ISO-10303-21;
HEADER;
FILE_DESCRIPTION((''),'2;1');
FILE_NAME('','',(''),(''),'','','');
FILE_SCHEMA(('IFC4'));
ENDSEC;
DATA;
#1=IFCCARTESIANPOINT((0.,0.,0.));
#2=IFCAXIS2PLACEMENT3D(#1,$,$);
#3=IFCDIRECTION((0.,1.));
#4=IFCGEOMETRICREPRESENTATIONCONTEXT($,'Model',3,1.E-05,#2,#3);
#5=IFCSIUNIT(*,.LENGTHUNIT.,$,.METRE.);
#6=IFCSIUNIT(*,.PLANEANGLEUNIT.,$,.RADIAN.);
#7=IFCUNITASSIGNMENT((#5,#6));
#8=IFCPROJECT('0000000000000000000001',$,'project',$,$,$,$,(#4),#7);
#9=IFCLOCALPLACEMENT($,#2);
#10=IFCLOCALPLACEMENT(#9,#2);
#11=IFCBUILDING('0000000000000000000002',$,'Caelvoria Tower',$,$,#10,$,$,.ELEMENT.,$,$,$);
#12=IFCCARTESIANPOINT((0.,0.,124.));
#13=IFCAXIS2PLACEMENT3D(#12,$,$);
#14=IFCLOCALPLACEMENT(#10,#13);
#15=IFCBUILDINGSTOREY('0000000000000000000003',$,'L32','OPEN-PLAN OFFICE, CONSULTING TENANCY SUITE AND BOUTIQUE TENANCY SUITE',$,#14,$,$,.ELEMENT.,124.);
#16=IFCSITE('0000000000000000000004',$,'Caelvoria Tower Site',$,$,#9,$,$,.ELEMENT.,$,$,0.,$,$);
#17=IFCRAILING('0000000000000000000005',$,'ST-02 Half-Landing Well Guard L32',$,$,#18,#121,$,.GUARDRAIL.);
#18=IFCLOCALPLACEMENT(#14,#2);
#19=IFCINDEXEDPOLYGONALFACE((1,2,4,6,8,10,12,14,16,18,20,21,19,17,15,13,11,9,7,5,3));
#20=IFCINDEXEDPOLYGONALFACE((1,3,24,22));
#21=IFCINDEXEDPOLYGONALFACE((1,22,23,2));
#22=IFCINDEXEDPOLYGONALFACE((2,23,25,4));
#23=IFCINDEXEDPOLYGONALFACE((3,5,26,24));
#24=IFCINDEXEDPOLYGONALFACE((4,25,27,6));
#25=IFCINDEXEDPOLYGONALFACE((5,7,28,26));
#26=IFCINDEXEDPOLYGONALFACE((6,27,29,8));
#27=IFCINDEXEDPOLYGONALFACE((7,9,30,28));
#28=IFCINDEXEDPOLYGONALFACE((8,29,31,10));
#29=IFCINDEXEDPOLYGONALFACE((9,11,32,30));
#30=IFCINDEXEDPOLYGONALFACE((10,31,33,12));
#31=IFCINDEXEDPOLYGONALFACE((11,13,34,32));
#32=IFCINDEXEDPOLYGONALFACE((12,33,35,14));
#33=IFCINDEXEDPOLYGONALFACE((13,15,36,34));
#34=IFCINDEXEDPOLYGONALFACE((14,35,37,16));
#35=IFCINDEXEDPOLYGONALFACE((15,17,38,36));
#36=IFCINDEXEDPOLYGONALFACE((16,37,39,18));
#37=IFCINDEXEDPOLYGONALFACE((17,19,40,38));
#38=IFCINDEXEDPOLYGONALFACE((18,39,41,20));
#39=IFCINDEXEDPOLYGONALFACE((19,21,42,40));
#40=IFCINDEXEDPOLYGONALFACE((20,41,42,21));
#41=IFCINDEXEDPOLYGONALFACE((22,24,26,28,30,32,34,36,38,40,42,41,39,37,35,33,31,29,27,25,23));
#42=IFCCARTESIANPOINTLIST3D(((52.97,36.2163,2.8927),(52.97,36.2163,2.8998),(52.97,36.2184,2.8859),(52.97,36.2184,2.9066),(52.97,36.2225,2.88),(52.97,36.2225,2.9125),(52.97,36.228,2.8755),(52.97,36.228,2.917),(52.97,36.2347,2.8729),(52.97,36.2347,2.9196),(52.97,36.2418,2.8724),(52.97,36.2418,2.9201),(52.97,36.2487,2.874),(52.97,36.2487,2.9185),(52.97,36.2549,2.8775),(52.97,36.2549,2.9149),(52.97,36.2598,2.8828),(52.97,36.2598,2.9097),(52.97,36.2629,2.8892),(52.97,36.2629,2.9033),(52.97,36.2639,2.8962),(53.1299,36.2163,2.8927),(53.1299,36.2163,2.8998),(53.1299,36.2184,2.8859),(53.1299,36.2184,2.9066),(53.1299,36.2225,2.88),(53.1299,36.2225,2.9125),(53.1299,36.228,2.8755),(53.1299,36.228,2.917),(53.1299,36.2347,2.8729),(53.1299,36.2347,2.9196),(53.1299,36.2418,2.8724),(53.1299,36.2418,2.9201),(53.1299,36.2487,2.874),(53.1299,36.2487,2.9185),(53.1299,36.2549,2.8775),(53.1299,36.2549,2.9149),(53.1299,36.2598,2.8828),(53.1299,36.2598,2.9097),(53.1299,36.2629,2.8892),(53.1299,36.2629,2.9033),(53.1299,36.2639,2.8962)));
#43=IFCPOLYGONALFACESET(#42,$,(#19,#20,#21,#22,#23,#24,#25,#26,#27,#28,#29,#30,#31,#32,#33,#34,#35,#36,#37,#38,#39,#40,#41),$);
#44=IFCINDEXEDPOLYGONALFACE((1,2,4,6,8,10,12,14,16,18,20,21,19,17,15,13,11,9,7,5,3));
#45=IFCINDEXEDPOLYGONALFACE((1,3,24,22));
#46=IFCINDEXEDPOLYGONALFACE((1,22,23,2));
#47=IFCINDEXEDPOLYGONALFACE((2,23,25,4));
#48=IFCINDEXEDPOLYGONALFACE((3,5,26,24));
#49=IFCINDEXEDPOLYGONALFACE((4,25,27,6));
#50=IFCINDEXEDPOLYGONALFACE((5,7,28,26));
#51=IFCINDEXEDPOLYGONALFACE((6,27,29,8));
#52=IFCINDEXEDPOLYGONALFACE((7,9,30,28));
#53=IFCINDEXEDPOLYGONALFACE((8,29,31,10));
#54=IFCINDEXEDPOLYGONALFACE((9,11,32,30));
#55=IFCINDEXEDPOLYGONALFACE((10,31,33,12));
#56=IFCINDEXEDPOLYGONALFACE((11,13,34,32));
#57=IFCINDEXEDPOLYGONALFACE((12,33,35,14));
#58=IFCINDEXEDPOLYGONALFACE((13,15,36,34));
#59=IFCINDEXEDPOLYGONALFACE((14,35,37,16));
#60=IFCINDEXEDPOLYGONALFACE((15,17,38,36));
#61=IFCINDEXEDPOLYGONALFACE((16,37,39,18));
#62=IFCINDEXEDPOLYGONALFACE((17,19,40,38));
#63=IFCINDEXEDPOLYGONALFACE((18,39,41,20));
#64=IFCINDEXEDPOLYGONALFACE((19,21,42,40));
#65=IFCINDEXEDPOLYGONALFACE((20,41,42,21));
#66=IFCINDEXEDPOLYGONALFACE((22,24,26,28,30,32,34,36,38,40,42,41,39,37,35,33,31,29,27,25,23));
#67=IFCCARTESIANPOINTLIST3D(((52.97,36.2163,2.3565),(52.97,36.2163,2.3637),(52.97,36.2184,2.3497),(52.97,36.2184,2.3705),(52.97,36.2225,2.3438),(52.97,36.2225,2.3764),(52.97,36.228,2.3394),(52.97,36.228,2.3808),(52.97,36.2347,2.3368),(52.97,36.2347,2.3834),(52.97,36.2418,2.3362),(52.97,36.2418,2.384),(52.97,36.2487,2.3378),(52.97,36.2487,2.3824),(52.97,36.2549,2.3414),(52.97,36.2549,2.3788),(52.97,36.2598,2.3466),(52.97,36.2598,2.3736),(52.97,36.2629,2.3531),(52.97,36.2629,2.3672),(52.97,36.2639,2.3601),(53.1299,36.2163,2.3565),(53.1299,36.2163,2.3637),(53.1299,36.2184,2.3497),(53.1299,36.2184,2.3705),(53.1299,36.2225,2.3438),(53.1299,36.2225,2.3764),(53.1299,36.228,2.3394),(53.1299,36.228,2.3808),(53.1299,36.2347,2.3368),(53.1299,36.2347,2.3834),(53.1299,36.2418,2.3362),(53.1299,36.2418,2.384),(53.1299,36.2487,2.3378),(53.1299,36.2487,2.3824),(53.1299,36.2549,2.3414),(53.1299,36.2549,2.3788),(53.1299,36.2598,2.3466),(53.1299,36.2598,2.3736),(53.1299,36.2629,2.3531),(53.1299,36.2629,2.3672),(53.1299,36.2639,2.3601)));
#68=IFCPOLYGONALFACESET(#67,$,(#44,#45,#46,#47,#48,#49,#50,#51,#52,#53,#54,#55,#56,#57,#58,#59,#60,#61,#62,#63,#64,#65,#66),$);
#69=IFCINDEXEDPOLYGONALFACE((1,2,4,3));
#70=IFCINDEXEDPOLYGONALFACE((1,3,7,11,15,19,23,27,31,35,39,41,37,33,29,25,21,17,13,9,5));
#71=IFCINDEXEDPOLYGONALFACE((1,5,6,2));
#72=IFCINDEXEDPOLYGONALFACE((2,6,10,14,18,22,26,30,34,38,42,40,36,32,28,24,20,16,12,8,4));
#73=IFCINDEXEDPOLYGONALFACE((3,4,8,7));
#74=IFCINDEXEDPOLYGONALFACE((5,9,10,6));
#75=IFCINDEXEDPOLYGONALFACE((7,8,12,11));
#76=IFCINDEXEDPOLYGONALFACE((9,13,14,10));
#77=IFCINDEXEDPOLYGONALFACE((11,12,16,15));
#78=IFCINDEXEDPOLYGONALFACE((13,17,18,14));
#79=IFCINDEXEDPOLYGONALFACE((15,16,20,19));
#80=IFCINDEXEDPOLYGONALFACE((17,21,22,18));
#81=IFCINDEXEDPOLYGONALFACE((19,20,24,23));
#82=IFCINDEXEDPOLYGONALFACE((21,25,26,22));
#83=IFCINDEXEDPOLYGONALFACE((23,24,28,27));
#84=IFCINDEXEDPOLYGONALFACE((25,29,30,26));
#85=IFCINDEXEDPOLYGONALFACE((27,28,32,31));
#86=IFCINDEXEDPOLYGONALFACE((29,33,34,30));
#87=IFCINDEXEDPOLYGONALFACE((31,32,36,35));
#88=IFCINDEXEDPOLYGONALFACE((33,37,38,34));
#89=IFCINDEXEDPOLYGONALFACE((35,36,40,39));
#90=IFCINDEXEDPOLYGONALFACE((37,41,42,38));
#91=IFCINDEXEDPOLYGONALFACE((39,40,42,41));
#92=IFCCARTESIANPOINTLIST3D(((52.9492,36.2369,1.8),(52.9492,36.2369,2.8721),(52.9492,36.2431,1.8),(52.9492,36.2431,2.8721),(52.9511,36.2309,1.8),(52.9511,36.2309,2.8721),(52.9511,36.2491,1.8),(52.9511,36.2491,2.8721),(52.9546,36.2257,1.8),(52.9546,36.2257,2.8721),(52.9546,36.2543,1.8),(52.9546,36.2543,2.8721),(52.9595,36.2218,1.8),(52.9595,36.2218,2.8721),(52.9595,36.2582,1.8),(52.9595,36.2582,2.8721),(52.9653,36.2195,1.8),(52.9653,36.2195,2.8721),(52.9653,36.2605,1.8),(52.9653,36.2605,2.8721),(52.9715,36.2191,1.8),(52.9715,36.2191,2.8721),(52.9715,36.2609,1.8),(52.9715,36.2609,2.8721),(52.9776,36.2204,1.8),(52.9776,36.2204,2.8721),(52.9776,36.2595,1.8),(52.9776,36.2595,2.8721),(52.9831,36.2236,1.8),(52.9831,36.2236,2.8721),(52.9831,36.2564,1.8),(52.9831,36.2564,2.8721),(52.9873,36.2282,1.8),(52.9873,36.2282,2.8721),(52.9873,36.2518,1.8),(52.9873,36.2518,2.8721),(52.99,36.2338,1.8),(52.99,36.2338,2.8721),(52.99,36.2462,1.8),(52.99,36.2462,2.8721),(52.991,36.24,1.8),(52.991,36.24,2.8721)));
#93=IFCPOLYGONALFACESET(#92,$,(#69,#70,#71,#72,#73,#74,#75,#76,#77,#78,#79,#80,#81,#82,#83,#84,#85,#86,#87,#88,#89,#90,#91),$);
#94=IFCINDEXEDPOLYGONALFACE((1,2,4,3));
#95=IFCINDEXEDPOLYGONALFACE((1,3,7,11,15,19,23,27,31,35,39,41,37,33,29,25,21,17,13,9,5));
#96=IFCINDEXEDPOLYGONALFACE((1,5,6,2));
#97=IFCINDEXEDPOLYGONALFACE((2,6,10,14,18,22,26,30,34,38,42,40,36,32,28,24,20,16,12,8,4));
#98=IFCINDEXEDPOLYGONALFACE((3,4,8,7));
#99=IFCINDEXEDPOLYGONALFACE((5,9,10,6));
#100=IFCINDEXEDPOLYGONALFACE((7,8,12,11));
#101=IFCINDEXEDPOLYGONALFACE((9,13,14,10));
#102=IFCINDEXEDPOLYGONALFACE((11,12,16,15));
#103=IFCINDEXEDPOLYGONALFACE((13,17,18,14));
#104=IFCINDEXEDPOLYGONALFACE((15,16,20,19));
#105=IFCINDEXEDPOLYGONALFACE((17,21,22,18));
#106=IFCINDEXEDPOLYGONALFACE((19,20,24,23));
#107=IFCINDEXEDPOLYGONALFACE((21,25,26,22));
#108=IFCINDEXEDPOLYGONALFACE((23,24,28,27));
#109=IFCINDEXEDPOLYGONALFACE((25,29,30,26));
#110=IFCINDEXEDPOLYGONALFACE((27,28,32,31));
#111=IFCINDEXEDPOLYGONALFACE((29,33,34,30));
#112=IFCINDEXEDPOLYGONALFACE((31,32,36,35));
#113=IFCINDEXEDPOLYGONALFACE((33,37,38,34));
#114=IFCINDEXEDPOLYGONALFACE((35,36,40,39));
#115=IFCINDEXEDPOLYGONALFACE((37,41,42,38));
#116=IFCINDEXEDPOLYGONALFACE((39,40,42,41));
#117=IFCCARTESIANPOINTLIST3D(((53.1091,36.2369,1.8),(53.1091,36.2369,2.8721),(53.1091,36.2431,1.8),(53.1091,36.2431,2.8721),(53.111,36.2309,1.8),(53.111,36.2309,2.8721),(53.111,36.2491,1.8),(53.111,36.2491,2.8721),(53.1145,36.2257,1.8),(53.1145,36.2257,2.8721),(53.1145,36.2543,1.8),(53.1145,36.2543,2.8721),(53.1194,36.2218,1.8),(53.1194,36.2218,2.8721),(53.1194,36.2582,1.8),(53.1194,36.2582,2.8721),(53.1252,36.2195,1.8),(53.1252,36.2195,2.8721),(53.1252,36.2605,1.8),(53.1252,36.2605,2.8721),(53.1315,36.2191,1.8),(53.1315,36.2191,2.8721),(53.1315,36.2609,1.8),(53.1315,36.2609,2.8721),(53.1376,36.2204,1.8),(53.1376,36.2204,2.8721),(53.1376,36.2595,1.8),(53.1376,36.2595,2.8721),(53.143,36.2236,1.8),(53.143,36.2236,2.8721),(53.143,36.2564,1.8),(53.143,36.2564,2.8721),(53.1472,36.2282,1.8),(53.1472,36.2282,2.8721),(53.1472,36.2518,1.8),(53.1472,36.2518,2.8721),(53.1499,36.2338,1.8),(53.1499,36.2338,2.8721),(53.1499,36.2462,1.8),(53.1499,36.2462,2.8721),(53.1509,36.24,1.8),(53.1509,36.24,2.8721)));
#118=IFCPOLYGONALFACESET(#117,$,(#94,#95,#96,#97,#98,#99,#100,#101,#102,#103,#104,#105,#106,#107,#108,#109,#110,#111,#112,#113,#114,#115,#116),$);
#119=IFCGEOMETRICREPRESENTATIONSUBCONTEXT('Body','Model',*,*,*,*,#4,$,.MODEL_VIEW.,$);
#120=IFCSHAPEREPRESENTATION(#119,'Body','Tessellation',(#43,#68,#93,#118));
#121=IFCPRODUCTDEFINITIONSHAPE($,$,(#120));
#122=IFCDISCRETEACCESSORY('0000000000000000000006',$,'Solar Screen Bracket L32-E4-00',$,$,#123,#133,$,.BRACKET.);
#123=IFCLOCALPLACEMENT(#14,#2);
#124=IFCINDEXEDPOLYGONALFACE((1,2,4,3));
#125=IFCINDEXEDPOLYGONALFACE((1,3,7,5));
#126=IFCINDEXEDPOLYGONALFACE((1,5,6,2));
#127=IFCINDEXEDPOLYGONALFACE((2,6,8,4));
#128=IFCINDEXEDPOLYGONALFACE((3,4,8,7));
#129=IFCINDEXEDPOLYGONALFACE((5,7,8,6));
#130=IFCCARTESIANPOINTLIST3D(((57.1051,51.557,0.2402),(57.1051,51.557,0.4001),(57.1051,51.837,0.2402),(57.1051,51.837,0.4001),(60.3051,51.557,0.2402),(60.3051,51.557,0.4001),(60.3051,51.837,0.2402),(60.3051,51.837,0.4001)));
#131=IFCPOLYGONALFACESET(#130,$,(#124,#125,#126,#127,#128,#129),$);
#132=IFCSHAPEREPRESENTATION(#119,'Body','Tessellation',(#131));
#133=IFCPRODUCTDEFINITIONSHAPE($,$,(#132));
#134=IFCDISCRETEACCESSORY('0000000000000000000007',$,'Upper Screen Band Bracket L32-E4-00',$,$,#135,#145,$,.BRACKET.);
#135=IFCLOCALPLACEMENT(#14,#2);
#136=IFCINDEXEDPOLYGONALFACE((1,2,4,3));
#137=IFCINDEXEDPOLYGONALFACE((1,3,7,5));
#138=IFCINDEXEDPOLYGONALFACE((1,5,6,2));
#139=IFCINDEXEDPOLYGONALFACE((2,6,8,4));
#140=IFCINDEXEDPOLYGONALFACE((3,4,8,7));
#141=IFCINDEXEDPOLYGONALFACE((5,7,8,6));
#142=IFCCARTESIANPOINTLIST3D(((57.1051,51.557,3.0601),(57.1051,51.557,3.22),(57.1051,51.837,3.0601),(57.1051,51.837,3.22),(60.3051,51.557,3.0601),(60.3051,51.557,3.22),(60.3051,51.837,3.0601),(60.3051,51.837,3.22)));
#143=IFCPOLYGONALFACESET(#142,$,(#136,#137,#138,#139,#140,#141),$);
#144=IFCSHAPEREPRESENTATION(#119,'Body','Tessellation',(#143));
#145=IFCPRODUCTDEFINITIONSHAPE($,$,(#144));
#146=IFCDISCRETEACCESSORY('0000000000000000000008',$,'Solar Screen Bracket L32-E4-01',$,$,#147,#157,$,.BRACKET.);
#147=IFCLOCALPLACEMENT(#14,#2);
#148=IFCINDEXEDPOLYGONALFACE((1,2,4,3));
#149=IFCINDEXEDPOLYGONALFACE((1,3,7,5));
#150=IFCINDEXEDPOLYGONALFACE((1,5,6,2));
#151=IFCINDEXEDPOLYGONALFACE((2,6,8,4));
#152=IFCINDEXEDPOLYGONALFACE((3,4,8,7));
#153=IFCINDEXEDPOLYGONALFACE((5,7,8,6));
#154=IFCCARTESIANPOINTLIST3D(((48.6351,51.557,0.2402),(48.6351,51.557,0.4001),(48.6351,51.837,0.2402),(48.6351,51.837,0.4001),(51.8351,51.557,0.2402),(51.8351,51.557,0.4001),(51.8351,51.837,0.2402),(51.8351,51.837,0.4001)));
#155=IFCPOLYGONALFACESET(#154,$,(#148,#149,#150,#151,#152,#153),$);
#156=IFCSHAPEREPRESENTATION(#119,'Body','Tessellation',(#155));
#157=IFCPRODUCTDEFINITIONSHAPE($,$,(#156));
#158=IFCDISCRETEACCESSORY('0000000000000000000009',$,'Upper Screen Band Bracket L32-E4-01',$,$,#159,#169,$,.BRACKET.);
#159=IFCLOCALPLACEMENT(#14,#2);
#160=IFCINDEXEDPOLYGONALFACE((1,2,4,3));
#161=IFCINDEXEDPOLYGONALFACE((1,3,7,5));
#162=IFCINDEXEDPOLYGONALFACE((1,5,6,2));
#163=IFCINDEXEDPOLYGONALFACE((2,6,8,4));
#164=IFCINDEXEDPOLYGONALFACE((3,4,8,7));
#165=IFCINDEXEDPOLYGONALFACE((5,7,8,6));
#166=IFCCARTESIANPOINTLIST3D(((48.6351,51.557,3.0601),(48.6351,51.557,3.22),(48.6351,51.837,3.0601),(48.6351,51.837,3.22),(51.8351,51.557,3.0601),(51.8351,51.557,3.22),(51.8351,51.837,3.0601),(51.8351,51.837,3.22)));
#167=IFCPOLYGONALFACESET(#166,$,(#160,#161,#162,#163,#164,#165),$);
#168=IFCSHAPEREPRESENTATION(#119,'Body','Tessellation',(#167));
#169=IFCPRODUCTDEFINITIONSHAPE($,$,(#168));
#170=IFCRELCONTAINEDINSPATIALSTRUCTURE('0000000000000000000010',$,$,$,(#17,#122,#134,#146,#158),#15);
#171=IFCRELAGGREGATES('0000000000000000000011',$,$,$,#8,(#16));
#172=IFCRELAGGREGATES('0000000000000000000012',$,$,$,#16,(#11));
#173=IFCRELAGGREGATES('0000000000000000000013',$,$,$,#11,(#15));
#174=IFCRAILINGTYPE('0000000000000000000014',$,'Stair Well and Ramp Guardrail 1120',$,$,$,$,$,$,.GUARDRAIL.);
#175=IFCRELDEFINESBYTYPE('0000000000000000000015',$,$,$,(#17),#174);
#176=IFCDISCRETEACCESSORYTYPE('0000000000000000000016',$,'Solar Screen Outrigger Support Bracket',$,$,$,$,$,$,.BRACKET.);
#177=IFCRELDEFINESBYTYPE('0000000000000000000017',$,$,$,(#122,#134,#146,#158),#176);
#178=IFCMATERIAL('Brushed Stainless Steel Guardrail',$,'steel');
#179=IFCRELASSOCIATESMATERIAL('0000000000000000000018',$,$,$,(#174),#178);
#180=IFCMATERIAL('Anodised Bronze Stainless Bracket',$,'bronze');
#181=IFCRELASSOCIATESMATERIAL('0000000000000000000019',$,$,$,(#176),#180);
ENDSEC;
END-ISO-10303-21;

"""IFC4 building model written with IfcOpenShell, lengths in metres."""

from ifc_helpers import new_model, si_unit, direction, frame, origin, origin_2d, place, context, subcontext, project, spatial, rectangle, circle, extrude, material, type_object, element, save


model = new_model("IFC4")

# Units and contexts
model_context = context("Model", 3, precision=1e-05, world=origin(), true_north=direction((0.0, 1.0)))
body_context = subcontext(model_context, "Body", "Model", "MODEL_VIEW")
ifc_project = project(units=[si_unit("LENGTHUNIT", "METRE"), si_unit("PLANEANGLEUNIT", "RADIAN")], contexts=[model_context])

# Site, building, storey
site_placement = place(None, origin())
site = spatial("IfcSite", under=ifc_project, at=site_placement, Name="Caelvoria Tower Site", CompositionType="ELEMENT", RefElevation=0.0)
building_placement = place(site_placement, origin())
building = spatial("IfcBuilding", under=site, at=building_placement, Name="Caelvoria Tower", CompositionType="ELEMENT")
storey_placement = place(building_placement, frame((0.0, 0.0, 124.0)))
storey = spatial("IfcBuildingStorey", under=building, at=storey_placement, Name="L32", Description="OPEN-PLAN OFFICE, CONSULTING TENANCY SUITE AND BOUTIQUE TENANCY SUITE", CompositionType="ELEMENT", Elevation=124.0)

# Railing
ifc_material_1 = material(Name="Brushed Stainless Steel Guardrail", Category="steel")
railing_type_1 = type_object("IfcRailingType", Name="Stair Well and Ramp Guardrail 1120", PredefinedType="GUARDRAIL", material=ifc_material_1)
railing_1_placement = place(storey_placement, frame((52.97, 36.24, 1.8)))
element("IfcRailing", 1, at=railing_1_placement, inside=storey, type_object=railing_type_1, Name="ST-02 Half-Landing Well Guard L32", PredefinedType="GUARDRAIL", context=body_context, shape_type="SweptSolid", body=[
    extrude(circle(Radius=0.0239, at=origin_2d()), frame((0.0, 0.0, 1.0962), z_axis=(1.0, 0.0, 0.0), x_axis=(0.0, 1.0, 0.0)), (0.0, 0.0, 1.0), 0.1599),
    extrude(circle(Radius=0.0239, at=origin_2d()), frame((0.0, 0.0, 0.5601), z_axis=(1.0, 0.0, 0.0), x_axis=(0.0, 1.0, 0.0)), (0.0, 0.0, 1.0), 0.1599),
    extrude(circle(Radius=0.021, at=origin_2d()), origin(), (0.0, 0.0, 1.0), 1.072),
    extrude(circle(Radius=0.021, at=origin_2d()), frame((0.1599, 0.0, 0.0)), (0.0, 0.0, 1.0), 1.072),
])

# Discrete accessories
ifc_material_2 = material(Name="Anodised Bronze Stainless Bracket", Category="bronze")
discrete_accessory_type = type_object("IfcDiscreteAccessoryType", Name="Solar Screen Outrigger Support Bracket", PredefinedType="BRACKET", material=ifc_material_2)
for number, where, z_axis, x_axis, name in (
    (2, (58.7051, 51.697, 0.2402), (0.0, 0.0, 1.0), (-1.0, 0.0, 0.0), "Solar Screen Bracket L32-E4-00"),
    (3, (58.7051, 51.697, 3.0601), (0.0, 0.0, 1.0), (-1.0, 0.0, 0.0), "Upper Screen Band Bracket L32-E4-00"),
    (4, (50.2351, 51.697, 0.2402), (0.0, 0.0, 1.0), (-1.0, 0.0, 0.0), "Solar Screen Bracket L32-E4-01"),
    (5, (50.2351, 51.697, 3.0601), (0.0, 0.0, 1.0), (-1.0, 0.0, 0.0), "Upper Screen Band Bracket L32-E4-01"),
):
    element("IfcDiscreteAccessory", number, at=place(storey_placement, frame(where, z_axis=z_axis, x_axis=x_axis)), inside=storey, type_object=discrete_accessory_type, Name=name, PredefinedType="BRACKET", context=body_context, shape_type="SweptSolid", body=[
        extrude(rectangle(XDim=3.2, YDim=0.28, at=origin_2d()), origin(), (0.0, 0.0, 1.0), 0.1599),
    ])

save(model, "model.ifc")
